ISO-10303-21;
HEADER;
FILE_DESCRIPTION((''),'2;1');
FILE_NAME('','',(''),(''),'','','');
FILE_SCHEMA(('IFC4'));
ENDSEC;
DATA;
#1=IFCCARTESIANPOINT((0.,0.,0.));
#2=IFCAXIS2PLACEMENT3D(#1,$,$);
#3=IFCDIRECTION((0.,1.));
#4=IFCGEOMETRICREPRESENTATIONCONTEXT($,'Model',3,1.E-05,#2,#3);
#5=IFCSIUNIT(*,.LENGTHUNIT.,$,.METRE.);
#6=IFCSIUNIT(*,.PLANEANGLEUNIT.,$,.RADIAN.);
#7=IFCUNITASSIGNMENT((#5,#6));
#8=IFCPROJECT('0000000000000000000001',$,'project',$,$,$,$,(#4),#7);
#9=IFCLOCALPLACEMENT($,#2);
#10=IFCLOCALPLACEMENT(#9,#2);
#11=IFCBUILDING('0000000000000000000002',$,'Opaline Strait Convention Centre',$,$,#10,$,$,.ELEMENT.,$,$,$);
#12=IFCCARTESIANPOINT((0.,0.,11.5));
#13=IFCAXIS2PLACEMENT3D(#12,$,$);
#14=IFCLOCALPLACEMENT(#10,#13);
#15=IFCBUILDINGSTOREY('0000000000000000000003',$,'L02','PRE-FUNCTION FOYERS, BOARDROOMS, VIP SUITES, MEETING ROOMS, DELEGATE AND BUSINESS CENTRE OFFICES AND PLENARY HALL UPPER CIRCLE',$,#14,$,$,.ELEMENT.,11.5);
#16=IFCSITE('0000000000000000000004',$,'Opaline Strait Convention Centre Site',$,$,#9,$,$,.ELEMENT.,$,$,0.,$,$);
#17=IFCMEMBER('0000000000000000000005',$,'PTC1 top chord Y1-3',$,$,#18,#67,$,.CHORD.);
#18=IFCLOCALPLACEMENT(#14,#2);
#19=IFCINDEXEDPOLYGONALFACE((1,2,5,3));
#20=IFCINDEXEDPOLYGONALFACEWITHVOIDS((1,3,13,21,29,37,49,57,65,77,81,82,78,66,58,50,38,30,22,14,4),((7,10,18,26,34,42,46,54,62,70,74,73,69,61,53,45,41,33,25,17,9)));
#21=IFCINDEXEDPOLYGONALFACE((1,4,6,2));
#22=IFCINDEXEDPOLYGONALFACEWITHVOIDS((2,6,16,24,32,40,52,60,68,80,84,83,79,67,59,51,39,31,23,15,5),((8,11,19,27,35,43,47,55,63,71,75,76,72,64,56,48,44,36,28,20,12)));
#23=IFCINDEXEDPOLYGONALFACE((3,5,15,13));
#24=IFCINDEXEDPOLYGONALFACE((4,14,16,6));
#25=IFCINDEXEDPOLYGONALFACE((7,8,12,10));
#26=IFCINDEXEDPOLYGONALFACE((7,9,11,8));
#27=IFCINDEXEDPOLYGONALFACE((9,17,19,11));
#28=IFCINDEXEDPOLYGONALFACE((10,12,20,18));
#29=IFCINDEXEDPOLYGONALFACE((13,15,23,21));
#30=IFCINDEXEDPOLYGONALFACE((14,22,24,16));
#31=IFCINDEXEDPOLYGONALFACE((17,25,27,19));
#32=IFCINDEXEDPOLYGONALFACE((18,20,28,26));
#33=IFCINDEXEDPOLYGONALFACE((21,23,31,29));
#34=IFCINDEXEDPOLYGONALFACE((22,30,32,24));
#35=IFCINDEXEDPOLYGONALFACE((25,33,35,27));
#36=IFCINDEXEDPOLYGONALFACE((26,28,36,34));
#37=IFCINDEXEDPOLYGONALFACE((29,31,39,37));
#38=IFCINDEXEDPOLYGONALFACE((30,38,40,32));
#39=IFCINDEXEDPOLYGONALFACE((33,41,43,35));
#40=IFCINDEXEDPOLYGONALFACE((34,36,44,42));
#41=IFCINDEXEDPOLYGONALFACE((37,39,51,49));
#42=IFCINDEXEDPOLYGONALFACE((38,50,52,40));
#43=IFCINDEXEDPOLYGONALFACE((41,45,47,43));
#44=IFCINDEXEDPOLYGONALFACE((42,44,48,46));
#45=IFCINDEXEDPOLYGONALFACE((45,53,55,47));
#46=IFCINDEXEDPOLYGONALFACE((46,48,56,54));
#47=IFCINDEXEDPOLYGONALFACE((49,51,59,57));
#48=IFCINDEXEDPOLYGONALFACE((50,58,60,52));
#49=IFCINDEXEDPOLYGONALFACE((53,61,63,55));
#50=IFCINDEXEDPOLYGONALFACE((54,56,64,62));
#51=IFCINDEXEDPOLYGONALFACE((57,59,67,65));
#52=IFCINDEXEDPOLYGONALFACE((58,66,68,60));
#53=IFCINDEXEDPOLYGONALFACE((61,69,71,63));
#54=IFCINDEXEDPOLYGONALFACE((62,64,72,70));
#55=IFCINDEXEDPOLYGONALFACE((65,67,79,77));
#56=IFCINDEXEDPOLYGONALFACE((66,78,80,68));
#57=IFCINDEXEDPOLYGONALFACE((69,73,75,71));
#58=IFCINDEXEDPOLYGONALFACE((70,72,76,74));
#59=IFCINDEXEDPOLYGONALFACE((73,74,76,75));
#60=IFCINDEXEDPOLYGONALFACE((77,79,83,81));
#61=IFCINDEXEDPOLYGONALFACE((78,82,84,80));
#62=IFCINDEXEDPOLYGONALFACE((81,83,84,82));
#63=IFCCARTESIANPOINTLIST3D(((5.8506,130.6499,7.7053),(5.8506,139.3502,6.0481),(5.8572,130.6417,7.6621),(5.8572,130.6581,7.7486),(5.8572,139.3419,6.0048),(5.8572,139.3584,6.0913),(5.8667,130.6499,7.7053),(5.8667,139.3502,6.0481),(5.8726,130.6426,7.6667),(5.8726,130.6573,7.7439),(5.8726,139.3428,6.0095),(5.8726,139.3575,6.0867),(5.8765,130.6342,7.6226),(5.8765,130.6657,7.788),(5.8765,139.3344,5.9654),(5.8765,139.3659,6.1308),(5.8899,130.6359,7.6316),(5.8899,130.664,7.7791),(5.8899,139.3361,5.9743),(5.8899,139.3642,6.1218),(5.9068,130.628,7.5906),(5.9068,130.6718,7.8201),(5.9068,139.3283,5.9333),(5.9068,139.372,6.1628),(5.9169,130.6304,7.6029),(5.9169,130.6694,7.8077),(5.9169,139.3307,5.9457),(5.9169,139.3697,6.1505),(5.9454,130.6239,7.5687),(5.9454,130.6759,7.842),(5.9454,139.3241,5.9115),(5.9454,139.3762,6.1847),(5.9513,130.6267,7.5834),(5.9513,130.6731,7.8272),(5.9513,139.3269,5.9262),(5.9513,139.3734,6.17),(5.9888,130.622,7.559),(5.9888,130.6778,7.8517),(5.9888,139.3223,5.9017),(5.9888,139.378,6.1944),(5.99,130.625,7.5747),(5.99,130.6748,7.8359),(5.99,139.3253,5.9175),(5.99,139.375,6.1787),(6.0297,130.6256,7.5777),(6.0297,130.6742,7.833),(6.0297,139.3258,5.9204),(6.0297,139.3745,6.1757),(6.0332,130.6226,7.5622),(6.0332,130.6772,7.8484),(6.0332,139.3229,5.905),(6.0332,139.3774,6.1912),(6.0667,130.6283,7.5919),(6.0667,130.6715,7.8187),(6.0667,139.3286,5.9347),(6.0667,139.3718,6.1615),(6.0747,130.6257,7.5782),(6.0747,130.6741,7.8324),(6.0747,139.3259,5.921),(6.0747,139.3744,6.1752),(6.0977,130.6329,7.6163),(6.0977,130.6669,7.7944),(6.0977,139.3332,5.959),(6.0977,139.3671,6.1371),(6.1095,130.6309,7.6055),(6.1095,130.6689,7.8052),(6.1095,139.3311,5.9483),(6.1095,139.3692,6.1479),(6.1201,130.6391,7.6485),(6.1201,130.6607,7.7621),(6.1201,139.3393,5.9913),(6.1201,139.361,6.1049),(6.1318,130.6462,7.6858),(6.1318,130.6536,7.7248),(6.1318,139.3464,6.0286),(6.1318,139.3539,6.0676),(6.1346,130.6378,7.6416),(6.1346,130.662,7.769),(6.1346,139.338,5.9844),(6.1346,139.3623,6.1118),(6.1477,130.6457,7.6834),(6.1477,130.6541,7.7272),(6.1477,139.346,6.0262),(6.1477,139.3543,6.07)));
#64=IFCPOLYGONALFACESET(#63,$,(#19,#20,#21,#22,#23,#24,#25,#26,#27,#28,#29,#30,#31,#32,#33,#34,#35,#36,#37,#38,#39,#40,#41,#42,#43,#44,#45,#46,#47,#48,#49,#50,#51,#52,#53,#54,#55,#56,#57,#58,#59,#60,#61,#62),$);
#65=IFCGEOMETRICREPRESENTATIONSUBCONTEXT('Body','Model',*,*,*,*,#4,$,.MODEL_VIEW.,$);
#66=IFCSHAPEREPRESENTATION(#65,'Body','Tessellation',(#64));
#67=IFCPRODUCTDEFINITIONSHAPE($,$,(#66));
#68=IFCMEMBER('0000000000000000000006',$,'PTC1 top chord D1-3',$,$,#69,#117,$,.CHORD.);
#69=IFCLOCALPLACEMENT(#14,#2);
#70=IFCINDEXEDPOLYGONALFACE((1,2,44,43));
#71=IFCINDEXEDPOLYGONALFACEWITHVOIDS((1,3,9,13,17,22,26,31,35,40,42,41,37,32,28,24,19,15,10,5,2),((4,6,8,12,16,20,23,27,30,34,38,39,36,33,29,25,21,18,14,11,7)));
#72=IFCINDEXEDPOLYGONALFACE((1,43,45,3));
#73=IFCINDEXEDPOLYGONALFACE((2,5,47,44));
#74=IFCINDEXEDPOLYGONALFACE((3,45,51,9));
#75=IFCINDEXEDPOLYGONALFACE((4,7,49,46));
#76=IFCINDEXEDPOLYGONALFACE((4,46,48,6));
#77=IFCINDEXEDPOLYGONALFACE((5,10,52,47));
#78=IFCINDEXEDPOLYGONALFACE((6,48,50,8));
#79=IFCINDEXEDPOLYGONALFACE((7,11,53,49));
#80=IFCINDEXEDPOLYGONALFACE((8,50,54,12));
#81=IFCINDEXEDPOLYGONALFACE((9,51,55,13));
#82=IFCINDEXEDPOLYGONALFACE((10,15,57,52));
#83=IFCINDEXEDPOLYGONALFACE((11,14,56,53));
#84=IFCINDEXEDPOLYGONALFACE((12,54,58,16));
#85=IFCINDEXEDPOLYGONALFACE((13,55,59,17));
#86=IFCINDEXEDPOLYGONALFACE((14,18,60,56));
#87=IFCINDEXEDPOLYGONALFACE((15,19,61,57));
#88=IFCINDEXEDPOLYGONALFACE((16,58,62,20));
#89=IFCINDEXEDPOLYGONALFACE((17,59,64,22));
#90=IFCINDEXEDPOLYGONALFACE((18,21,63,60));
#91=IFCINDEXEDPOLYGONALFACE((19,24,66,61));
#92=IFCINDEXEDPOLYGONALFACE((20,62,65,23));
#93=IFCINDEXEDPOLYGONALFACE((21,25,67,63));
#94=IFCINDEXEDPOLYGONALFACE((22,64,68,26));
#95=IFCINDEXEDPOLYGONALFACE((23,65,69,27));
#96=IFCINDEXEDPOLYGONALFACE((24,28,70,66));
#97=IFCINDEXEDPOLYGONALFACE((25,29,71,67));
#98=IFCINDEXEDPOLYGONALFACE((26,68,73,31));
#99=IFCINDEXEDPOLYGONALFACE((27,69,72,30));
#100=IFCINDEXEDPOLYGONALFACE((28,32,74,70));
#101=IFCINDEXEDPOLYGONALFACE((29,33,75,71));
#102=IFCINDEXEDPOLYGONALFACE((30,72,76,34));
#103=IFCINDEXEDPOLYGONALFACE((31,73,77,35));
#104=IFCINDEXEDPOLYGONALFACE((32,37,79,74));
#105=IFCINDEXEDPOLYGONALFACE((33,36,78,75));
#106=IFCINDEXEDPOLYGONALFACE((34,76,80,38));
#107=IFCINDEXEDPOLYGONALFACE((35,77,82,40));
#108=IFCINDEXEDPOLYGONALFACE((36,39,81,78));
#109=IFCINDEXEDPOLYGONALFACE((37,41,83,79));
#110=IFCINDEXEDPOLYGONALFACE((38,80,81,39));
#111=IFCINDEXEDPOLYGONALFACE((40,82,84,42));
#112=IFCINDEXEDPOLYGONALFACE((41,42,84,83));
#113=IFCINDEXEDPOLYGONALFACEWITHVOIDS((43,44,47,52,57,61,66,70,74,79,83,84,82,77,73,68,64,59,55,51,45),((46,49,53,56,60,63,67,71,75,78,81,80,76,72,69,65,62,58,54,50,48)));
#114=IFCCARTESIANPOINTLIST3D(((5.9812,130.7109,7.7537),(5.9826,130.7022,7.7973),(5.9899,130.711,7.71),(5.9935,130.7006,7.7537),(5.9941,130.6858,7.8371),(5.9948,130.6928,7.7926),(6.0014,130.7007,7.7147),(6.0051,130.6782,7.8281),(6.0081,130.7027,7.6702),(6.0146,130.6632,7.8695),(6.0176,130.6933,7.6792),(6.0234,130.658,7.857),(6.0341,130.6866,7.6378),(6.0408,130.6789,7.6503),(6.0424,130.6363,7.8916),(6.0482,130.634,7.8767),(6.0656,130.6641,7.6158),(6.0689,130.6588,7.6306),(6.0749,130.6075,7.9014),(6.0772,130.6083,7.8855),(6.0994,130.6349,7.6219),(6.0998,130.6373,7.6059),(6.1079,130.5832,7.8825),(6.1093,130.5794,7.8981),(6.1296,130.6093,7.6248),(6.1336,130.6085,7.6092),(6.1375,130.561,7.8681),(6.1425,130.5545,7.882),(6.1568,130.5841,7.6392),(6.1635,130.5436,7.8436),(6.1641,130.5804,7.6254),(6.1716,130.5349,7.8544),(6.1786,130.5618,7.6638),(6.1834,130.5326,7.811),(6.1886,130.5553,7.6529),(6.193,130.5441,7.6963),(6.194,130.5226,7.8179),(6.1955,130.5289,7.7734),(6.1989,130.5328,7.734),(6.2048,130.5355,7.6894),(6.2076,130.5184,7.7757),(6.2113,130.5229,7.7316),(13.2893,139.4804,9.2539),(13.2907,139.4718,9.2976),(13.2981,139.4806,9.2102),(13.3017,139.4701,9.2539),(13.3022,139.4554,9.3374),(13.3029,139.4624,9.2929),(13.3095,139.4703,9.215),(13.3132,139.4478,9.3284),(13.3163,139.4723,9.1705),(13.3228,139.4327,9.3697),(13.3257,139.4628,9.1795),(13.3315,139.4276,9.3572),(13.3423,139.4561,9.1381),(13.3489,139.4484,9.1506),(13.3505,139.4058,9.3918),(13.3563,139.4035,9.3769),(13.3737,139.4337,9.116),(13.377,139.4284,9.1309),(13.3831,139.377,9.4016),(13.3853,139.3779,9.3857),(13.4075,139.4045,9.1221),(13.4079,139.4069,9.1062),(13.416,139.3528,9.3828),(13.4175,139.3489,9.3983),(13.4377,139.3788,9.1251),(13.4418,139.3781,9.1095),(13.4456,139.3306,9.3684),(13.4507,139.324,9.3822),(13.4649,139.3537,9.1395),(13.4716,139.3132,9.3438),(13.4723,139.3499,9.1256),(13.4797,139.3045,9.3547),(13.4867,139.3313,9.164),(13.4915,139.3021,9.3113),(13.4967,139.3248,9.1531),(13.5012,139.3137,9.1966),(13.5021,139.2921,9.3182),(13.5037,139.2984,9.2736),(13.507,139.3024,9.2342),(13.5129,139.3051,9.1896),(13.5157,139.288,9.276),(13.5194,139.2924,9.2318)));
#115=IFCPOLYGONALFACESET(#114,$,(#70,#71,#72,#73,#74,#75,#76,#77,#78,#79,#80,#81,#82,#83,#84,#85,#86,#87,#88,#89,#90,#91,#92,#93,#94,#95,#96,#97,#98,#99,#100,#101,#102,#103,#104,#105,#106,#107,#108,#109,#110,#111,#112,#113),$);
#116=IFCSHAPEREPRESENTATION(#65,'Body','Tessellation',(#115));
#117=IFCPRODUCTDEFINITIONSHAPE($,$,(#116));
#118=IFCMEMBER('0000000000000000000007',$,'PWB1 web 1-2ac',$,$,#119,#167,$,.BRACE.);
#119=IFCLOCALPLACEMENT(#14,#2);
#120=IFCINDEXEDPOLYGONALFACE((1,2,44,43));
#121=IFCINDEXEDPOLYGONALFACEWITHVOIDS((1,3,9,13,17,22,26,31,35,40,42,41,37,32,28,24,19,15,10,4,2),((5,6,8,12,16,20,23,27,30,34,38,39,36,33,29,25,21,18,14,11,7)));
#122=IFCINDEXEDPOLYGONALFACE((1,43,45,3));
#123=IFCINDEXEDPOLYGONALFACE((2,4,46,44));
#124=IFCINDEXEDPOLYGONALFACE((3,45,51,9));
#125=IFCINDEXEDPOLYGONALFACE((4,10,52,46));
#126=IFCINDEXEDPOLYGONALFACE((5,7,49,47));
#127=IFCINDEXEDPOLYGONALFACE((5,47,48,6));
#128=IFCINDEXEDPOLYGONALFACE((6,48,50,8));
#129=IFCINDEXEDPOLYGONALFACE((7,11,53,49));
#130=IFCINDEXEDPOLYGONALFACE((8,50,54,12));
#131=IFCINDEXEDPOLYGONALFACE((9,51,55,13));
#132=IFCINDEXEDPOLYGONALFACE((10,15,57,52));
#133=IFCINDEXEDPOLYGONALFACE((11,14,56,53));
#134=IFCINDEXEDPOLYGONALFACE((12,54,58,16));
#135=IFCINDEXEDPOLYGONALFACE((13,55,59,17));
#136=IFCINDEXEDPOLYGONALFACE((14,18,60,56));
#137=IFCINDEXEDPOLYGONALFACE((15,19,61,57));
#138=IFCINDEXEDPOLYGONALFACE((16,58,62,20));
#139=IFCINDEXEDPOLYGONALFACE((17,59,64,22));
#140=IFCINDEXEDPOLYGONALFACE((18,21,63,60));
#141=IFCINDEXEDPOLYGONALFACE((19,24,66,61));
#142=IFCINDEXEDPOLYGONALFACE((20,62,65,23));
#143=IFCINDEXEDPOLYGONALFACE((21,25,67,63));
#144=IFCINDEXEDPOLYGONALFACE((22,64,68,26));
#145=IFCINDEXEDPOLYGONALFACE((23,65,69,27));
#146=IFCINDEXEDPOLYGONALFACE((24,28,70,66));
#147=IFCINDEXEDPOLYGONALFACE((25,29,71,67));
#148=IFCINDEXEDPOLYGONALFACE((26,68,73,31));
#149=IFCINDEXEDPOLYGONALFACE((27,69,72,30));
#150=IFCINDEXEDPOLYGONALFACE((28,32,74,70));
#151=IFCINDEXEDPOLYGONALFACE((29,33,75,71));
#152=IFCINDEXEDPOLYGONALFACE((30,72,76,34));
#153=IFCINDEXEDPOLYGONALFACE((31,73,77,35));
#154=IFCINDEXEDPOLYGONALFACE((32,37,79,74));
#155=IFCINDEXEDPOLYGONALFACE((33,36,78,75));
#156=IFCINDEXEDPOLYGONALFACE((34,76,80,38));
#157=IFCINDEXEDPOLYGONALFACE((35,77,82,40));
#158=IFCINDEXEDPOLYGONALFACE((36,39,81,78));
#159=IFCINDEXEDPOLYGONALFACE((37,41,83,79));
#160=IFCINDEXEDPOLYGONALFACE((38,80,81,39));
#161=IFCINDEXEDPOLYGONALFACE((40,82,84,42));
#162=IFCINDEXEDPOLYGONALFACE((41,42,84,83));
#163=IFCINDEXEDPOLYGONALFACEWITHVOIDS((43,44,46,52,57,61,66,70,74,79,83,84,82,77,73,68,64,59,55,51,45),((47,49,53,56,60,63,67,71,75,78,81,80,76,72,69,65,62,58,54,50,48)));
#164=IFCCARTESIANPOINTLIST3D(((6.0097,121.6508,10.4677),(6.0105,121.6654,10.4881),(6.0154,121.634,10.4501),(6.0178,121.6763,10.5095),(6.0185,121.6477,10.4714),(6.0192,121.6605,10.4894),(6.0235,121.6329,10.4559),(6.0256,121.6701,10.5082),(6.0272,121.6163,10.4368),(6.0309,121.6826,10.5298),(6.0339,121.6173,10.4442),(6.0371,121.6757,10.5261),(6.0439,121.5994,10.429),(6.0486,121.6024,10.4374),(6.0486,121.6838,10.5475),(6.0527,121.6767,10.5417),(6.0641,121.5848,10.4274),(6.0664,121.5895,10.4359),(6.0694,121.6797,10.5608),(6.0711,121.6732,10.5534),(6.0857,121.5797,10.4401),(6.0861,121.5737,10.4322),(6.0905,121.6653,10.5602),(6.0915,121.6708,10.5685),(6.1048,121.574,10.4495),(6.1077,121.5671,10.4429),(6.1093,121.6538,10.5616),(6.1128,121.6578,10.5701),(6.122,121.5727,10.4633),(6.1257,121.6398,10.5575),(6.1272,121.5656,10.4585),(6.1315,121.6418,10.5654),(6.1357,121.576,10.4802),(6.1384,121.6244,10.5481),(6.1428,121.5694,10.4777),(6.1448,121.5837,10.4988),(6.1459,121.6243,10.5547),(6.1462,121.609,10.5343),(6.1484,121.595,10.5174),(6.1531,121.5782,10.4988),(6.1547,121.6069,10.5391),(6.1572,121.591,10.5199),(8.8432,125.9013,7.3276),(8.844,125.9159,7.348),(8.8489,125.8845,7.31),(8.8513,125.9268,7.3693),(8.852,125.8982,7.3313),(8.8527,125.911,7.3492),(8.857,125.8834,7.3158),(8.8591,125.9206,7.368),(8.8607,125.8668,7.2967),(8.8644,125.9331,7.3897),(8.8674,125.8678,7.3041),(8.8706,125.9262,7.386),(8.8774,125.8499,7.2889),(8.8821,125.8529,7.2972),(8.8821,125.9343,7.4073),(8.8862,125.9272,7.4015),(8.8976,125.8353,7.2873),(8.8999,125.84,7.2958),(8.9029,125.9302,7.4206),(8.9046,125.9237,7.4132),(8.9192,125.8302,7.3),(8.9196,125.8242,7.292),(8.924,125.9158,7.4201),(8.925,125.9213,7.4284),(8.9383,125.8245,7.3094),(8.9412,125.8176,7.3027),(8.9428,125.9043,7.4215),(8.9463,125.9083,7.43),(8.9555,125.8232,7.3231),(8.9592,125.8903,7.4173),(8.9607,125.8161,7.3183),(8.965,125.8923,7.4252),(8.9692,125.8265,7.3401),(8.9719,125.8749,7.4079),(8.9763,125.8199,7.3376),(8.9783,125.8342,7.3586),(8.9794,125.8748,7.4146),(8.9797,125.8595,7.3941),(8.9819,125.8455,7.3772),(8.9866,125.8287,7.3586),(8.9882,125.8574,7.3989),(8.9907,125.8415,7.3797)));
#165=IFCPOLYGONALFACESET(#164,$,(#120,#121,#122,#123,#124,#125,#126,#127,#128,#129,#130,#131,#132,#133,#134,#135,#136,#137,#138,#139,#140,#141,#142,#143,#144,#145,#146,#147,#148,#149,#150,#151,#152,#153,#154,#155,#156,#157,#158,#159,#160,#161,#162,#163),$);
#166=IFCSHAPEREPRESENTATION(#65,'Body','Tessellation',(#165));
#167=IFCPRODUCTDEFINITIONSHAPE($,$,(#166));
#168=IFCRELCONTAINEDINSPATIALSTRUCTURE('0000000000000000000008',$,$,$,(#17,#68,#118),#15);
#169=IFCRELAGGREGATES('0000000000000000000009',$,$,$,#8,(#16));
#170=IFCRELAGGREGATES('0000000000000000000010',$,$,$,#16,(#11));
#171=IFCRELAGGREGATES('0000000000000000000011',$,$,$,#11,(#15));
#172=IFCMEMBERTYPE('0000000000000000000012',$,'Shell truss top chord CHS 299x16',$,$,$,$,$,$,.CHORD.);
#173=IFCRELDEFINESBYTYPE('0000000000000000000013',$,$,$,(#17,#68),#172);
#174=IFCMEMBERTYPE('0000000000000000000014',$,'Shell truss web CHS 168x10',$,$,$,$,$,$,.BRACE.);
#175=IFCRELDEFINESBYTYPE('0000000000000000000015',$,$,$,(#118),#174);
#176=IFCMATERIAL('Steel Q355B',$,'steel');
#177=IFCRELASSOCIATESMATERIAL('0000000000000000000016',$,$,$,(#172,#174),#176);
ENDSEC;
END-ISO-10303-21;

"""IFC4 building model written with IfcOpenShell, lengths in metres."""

from ifc_helpers import new_model, si_unit, direction, frame, origin, origin_2d, place, context, subcontext, project, spatial, hollow_circle, extrude, material, material_profile, profile_set, type_object, element, save


model = new_model("IFC4")

# Units and contexts
model_context = context("Model", 3, precision=1e-05, world=origin(), true_north=direction((0.0, 1.0)))
body_context = subcontext(model_context, "Body", "Model", "MODEL_VIEW")
ifc_project = project(units=[si_unit("LENGTHUNIT", "METRE"), si_unit("PLANEANGLEUNIT", "RADIAN")], contexts=[model_context])

# Site, building, storey
site_placement = place(None, origin())
site = spatial("IfcSite", under=ifc_project, at=site_placement, Name="Opaline Strait Convention Centre Site", CompositionType="ELEMENT", RefElevation=0.0)
building_placement = place(site_placement, origin())
building = spatial("IfcBuilding", under=site, at=building_placement, Name="Opaline Strait Convention Centre", CompositionType="ELEMENT")
storey_placement = place(building_placement, frame((0.0, 0.0, 11.5)))
storey = spatial("IfcBuildingStorey", under=building, at=storey_placement, Name="L02", Description="PRE-FUNCTION FOYERS, BOARDROOMS, VIP SUITES, MEETING ROOMS, DELEGATE AND BUSINESS CENTRE OFFICES AND PLENARY HALL UPPER CIRCLE", CompositionType="ELEMENT", Elevation=11.5)

# Members
ifc_material_1 = material(Name="Steel Q355B", Category="steel")
ifc_material_profile_1 = material_profile(ifc_material_1, hollow_circle(Radius=0.1494, WallThickness=0.0161, at=origin_2d()), Name="CHS 299x16")
ifc_profile_set_1 = profile_set([ifc_material_profile_1], Name="Steel Q355B")
member_type_1 = type_object("IfcMemberType", Name="Shell truss top chord CHS 299x16", PredefinedType="CHORD", material=ifc_profile_set_1)
member_1_placement = place(storey_placement, frame((6.0, 130.6499, 7.7053), z_axis=(0.0, 0.982338, -0.187117), x_axis=(-1.0, 0.0, 0.0)))
element("IfcMember", 1, at=member_1_placement, inside=storey, type_object=member_type_1, Name="PTC1 top chord Y1-3", PredefinedType="CHORD", context=body_context, shape_type="SweptSolid", body=[
    extrude(hollow_circle(Radius=0.1494, WallThickness=0.0161, at=origin_2d()), origin(), (0.0, 0.0, 1.0), 8.8567),
])
member_2_placement = place(storey_placement, frame((6.0959, 130.6152, 7.7537), z_axis=(0.634735, 0.761665, 0.130302), x_axis=(-0.768214, 0.640193, 0.0)))
element("IfcMember", 2, at=member_2_placement, inside=storey, type_object=member_type_1, Name="PTC1 top chord D1-3", PredefinedType="CHORD", context=body_context, shape_type="SweptSolid", body=[
    extrude(hollow_circle(Radius=0.1494, WallThickness=0.0161, at=origin_2d()), origin(), (0.0, 0.0, 1.0), 11.5137),
])
ifc_material_profile_2 = material_profile(ifc_material_1, hollow_circle(Radius=0.084, WallThickness=0.01, at=origin_2d()), Name="CHS 168x10")
ifc_profile_set_2 = profile_set([ifc_material_profile_2], Name="Steel Q355B")
member_type_2 = type_object("IfcMemberType", Name="Shell truss web CHS 168x10", PredefinedType="BRACE", material=ifc_profile_set_2)
member_3_placement = place(storey_placement, frame((8.9167, 125.8752, 7.3586), z_axis=(-0.472539, -0.70885, 0.523678), x_axis=(0.832065, -0.554678, 0.0)))
element("IfcMember", 3, at=member_3_placement, inside=storey, type_object=member_type_2, Name="PWB1 web 1-2ac", PredefinedType="BRACE", context=body_context, shape_type="SweptSolid", body=[
    extrude(hollow_circle(Radius=0.084, WallThickness=0.01, at=origin_2d()), origin(), (0.0, 0.0, 1.0), 5.9963),
])

save(model, "model.ifc")
